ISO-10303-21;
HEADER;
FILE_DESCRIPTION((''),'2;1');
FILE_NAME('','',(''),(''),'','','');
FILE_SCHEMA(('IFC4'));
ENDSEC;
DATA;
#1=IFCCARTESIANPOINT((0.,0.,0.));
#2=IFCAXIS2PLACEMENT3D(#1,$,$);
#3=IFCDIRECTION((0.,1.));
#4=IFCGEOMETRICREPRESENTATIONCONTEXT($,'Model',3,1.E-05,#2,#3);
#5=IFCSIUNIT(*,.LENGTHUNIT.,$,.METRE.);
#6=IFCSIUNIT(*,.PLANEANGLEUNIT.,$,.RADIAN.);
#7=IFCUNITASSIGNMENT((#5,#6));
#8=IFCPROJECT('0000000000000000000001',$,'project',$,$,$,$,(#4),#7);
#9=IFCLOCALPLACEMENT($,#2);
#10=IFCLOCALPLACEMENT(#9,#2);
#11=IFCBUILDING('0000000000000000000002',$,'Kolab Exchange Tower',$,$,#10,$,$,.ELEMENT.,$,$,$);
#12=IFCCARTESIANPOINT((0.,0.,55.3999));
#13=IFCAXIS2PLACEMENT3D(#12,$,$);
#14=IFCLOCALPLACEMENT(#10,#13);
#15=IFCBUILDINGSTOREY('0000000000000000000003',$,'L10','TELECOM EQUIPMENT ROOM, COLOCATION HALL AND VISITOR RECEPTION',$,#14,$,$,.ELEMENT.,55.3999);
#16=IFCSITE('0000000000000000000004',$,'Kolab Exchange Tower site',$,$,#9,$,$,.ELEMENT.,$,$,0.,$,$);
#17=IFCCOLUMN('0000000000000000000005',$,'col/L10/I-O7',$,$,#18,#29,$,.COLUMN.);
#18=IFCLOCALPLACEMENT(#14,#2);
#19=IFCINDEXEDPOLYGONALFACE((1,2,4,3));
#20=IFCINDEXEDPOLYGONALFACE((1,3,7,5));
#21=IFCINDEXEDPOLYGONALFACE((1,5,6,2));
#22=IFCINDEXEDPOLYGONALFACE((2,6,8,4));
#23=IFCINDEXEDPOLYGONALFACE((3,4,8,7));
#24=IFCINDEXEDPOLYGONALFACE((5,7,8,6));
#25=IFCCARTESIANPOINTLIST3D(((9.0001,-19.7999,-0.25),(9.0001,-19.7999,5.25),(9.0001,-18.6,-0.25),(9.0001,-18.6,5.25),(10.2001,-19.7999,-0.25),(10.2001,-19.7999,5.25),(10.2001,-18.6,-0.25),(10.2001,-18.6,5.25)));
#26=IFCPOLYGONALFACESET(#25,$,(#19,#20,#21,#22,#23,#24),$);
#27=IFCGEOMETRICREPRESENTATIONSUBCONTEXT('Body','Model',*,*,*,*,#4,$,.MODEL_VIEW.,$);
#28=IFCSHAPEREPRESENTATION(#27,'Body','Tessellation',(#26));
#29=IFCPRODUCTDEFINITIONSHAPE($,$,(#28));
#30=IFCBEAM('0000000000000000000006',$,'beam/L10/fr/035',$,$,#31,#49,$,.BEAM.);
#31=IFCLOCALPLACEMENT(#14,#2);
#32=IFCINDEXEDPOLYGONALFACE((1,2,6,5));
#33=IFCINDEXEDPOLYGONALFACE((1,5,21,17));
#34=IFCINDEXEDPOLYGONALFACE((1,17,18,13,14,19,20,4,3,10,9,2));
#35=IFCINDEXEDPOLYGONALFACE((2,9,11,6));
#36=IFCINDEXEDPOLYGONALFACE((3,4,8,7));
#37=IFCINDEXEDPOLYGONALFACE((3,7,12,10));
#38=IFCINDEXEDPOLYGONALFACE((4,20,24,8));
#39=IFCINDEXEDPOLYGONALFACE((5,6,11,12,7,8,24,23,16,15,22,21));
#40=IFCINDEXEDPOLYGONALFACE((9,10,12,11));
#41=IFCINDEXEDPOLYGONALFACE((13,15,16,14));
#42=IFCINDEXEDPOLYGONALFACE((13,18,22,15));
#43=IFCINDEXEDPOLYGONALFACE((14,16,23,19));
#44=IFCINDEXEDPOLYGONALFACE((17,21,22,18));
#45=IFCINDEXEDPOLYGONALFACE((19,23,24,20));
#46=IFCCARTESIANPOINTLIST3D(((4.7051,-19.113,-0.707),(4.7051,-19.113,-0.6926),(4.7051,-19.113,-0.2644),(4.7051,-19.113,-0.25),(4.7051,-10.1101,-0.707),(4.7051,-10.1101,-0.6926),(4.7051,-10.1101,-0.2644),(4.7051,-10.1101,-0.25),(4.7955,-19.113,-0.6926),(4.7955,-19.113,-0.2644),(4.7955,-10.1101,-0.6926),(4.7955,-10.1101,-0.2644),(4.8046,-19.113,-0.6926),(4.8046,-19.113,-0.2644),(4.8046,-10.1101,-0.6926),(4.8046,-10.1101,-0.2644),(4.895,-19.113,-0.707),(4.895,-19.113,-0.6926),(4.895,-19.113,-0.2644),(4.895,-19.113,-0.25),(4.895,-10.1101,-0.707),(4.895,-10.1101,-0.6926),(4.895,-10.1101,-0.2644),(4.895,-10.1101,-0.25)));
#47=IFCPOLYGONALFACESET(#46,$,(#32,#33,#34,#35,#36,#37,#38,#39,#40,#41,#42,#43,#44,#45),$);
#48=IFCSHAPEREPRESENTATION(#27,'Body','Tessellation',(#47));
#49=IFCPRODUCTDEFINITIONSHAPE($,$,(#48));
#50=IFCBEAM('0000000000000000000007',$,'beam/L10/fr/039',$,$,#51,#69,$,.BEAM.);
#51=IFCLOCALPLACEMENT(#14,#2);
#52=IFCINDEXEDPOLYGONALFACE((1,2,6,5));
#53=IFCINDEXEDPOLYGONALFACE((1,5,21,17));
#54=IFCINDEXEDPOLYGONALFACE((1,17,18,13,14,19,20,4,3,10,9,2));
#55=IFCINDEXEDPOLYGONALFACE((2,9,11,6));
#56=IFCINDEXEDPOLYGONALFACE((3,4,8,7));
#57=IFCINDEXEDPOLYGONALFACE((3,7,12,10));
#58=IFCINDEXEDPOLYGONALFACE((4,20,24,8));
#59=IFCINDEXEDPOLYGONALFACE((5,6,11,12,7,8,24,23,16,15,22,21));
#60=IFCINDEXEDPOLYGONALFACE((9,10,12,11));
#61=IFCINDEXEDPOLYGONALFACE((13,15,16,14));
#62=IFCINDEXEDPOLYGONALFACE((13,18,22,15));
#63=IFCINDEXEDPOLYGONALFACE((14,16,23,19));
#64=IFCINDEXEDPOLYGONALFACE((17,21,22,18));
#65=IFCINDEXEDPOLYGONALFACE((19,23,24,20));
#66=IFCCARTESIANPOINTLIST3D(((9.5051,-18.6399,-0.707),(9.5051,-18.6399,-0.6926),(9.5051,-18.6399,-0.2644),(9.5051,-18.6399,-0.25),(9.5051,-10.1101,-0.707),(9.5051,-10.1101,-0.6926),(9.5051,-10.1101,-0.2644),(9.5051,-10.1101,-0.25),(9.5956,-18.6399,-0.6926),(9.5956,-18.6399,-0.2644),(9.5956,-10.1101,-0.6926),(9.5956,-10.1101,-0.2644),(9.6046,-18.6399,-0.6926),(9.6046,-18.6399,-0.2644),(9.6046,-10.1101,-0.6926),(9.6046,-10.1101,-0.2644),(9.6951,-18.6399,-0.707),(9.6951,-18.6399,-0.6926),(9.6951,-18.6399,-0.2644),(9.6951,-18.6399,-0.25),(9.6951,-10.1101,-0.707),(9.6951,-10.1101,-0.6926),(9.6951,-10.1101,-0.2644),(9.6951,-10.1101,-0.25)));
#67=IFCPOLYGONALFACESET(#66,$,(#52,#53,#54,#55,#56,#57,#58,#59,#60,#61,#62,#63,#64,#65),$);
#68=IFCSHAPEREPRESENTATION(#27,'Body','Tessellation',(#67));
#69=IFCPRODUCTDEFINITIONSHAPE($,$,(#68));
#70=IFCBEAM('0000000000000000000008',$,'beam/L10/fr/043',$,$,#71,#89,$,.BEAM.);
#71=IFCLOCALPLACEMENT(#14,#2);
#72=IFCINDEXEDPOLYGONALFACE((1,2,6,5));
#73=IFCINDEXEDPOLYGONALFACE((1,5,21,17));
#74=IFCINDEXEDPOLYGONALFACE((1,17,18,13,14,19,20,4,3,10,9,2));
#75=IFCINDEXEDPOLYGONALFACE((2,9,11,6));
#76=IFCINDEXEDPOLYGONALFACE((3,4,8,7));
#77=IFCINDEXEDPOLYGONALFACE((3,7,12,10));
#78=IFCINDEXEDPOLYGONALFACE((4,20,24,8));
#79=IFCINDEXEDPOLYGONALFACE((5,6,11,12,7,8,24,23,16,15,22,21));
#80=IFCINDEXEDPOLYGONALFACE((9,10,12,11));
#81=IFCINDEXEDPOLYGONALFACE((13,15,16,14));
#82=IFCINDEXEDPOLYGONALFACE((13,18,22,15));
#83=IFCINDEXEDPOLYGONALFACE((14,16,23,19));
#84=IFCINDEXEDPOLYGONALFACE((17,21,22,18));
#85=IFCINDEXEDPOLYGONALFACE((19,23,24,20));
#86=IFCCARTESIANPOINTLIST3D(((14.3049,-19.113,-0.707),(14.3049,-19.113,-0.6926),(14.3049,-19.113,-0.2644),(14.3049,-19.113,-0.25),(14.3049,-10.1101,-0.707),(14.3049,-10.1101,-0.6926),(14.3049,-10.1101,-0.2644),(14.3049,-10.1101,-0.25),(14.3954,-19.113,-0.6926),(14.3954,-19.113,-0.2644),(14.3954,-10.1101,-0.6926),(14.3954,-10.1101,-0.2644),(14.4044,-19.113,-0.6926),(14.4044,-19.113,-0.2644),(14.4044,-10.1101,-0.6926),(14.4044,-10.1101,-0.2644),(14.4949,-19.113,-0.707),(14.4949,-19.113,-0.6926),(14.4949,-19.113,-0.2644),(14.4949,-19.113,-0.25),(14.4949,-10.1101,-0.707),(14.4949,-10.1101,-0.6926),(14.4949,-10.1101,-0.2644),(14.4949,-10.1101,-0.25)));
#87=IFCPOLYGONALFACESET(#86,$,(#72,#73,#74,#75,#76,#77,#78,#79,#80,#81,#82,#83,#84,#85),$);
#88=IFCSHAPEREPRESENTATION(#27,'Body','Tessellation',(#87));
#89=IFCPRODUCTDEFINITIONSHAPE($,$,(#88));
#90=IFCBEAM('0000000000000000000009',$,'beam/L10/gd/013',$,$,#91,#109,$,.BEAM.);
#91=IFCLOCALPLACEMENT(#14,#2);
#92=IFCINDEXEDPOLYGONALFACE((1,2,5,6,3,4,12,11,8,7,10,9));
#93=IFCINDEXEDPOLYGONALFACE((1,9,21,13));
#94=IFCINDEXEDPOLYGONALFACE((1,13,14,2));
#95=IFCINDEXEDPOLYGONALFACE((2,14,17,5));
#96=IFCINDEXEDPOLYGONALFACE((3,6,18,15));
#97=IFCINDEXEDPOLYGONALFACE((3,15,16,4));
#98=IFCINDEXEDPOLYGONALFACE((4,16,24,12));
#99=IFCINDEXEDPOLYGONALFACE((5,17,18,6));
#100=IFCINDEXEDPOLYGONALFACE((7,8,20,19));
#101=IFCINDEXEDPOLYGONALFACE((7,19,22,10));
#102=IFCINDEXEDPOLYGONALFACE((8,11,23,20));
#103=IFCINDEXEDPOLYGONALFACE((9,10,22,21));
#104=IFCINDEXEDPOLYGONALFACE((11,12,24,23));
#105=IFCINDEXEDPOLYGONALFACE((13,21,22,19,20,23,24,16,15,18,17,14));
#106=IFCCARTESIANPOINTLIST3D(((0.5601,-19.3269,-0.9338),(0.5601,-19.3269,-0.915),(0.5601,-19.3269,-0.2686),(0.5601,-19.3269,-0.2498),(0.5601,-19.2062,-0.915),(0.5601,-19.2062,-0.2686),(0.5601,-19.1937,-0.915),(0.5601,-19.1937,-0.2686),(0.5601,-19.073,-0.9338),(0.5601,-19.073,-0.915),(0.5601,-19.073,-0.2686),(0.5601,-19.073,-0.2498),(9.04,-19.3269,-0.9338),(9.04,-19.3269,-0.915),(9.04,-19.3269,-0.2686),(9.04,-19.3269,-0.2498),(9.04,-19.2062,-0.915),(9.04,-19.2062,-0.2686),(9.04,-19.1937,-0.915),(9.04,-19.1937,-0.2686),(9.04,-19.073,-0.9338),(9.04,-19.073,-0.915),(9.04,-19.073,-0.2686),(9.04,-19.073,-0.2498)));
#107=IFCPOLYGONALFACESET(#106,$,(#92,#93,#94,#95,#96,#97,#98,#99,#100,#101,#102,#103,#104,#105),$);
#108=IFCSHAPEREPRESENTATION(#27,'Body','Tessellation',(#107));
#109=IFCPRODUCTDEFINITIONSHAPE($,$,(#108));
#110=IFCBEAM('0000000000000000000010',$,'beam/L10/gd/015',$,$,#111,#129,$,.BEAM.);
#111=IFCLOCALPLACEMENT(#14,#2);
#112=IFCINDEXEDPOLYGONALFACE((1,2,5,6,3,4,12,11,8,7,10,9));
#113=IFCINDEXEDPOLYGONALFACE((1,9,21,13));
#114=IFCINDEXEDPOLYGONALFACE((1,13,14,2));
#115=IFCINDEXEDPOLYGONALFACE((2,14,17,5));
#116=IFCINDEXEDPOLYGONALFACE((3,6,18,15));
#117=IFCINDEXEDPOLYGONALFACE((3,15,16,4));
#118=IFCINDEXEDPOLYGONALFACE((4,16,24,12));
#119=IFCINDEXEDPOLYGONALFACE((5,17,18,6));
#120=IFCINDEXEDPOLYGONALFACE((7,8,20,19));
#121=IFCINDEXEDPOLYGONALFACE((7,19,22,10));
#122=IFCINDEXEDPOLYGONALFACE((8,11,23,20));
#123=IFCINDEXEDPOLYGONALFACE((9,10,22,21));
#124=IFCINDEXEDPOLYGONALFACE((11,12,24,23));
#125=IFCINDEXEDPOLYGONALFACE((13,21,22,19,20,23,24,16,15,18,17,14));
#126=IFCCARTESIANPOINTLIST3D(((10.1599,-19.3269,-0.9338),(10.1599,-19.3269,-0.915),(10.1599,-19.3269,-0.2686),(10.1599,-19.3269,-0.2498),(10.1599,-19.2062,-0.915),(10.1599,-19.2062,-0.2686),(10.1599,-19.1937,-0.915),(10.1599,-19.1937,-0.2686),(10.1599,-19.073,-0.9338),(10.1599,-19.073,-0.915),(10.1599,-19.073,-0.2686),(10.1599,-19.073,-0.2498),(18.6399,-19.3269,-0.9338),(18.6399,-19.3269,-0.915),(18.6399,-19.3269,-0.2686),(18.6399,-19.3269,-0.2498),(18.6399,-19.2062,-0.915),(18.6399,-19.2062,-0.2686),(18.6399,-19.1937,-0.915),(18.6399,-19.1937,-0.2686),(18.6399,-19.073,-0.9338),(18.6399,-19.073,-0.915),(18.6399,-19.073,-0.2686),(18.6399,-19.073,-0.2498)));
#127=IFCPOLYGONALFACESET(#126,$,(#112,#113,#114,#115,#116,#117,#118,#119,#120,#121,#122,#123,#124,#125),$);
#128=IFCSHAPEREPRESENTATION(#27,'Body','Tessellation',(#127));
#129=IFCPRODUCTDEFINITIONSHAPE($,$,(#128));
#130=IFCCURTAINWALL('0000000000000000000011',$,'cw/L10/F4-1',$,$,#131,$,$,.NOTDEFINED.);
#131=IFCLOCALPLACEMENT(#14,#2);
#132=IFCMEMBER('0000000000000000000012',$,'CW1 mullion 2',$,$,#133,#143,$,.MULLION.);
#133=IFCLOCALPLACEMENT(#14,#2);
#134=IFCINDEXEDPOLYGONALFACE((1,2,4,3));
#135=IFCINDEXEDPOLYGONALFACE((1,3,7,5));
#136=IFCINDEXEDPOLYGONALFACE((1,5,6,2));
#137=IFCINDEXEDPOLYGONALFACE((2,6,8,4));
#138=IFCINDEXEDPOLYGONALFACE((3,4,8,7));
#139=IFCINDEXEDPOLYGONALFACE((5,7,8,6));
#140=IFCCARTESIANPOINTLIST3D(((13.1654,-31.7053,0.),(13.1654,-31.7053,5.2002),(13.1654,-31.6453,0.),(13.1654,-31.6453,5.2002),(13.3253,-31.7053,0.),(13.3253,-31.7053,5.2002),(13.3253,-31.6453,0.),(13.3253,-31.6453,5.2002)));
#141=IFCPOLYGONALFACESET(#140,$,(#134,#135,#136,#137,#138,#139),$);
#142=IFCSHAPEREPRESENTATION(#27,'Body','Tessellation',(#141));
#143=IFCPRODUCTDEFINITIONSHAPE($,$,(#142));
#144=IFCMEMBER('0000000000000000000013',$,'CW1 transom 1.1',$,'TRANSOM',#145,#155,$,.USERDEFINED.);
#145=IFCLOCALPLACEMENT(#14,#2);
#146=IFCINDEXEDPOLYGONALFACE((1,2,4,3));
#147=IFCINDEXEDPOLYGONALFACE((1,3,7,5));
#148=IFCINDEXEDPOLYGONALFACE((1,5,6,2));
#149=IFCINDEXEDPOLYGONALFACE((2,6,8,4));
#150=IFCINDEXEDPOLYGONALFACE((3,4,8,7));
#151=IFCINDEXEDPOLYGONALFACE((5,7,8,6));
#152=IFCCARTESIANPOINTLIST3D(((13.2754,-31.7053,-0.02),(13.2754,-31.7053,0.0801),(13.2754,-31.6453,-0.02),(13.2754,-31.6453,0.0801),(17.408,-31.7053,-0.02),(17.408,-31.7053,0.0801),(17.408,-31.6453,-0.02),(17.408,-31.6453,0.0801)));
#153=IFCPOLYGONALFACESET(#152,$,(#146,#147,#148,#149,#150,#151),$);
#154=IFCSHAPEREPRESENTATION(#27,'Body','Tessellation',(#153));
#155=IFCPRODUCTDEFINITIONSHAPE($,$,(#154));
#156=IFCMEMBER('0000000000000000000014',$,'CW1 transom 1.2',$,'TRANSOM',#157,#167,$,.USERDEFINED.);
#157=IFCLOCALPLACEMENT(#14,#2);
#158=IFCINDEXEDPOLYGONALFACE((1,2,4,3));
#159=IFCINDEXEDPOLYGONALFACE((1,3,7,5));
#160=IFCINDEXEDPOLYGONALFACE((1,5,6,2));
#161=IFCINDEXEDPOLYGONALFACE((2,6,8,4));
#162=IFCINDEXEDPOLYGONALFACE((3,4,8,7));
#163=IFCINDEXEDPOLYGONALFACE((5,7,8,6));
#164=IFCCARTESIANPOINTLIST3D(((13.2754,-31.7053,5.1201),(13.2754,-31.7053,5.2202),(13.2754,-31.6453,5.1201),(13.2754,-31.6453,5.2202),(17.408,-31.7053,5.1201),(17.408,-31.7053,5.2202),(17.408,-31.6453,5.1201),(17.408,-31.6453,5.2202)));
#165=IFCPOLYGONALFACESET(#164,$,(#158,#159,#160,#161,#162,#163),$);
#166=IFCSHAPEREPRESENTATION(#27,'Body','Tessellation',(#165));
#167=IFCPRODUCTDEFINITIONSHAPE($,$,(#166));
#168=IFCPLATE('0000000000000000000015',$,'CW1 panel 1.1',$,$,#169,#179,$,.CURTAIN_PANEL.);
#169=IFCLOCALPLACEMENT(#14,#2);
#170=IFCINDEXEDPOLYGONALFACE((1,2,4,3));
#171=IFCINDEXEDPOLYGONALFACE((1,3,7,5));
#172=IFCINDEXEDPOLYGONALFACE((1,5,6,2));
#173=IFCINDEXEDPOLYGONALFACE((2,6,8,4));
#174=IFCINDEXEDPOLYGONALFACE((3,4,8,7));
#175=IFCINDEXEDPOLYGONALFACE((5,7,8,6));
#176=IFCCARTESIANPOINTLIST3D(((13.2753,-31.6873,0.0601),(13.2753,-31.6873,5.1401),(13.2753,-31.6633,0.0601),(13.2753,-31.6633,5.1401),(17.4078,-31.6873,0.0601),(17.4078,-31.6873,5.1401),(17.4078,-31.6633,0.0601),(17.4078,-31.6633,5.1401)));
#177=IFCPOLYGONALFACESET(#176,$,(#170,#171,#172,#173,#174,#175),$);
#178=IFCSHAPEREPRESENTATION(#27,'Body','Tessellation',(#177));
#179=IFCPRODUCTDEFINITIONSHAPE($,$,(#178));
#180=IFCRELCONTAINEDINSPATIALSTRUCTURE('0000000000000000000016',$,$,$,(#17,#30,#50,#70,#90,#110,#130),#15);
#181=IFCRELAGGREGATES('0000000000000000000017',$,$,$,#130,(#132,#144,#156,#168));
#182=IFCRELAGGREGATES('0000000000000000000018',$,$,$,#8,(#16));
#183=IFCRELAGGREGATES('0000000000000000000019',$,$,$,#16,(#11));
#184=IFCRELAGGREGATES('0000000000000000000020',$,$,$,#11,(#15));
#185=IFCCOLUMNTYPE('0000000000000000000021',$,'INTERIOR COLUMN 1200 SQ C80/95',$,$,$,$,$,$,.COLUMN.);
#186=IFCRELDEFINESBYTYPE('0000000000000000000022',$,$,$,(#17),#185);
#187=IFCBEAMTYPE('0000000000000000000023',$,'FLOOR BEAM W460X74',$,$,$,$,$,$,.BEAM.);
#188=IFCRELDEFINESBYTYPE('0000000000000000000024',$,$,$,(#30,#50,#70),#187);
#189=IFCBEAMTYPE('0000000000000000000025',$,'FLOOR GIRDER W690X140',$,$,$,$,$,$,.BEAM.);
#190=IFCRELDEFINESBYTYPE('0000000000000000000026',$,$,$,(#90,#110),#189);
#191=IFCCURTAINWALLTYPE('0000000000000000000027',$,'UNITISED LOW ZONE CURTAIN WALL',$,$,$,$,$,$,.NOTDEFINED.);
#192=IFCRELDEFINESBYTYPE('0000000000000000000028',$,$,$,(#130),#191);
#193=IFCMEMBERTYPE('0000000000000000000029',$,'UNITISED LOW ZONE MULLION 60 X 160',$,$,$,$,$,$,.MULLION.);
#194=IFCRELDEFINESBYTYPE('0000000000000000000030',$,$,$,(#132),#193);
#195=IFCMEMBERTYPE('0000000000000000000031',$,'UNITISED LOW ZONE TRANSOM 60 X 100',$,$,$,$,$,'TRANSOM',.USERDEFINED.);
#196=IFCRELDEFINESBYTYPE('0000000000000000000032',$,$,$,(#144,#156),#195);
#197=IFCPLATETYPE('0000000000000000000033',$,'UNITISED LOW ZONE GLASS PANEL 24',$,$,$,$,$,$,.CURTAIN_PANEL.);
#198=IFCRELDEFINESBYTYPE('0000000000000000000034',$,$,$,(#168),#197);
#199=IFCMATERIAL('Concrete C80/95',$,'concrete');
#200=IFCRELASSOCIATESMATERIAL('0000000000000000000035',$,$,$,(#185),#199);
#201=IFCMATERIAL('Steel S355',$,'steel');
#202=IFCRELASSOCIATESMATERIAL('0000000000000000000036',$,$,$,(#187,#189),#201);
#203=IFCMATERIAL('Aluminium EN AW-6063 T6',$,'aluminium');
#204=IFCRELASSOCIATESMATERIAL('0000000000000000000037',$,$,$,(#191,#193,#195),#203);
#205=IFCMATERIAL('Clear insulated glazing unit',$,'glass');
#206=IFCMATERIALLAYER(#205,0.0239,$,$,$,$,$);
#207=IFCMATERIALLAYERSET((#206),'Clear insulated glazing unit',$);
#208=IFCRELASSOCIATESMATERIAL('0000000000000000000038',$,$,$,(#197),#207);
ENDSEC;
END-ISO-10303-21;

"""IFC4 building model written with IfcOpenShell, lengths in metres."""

from ifc_helpers import new_model, si_unit, direction, frame, origin, origin_2d, place, context, subcontext, project, spatial, rectangle, i_section, extrude, material, layer, layer_set, material_profile, profile_set, type_object, element, aggregate, save


model = new_model("IFC4")

# Units and contexts
model_context = context("Model", 3, precision=1e-05, world=origin(), true_north=direction((0.0, 1.0)))
body_context = subcontext(model_context, "Body", "Model", "MODEL_VIEW")
ifc_project = project(units=[si_unit("LENGTHUNIT", "METRE"), si_unit("PLANEANGLEUNIT", "RADIAN")], contexts=[model_context])

# Site, building, storey
site_placement = place(None, origin())
site = spatial("IfcSite", under=ifc_project, at=site_placement, Name="Kolab Exchange Tower site", CompositionType="ELEMENT", RefElevation=0.0)
building_placement = place(site_placement, origin())
building = spatial("IfcBuilding", under=site, at=building_placement, Name="Kolab Exchange Tower", CompositionType="ELEMENT")
storey_placement = place(building_placement, frame((0.0, 0.0, 55.3999)))
storey = spatial("IfcBuildingStorey", under=building, at=storey_placement, Name="L10", Description="TELECOM EQUIPMENT ROOM, COLOCATION HALL AND VISITOR RECEPTION", CompositionType="ELEMENT", Elevation=55.3999)

# Column
ifc_material_1 = material(Name="Concrete C80/95", Category="concrete")
ifc_material_profile_1 = material_profile(ifc_material_1, rectangle(XDim=1.2, YDim=1.2, at=origin_2d()), Name="RC1200")
ifc_profile_set_1 = profile_set([ifc_material_profile_1], Name="Concrete C80/95")
column_type = type_object("IfcColumnType", Name="INTERIOR COLUMN 1200 SQ C80/95", PredefinedType="COLUMN", material=ifc_profile_set_1)
column_placement = place(storey_placement, frame((9.6001, -19.2, -0.25), z_axis=(0.0, 0.0, 1.0), x_axis=(1.0, 0.0, 0.0)))
element("IfcColumn", 1, at=column_placement, inside=storey, type_object=column_type, Name="col/L10/I-O7", PredefinedType="COLUMN", context=body_context, shape_type="SweptSolid", body=[
    extrude(rectangle(XDim=1.2, YDim=1.2, at=origin_2d()), origin(), (0.0, 0.0, 1.0), 5.5),
])

# Beams
ifc_material_2 = material(Name="Steel S355", Category="steel")
ifc_material_profile_2 = material_profile(ifc_material_2, i_section(OverallWidth=0.1899, OverallDepth=0.457, WebThickness=0.009, FlangeThickness=0.0144, at=origin_2d()), Name="W460X74")
ifc_profile_set_2 = profile_set([ifc_material_profile_2], Name="Steel S355")
beam_type_1 = type_object("IfcBeamType", Name="FLOOR BEAM W460X74", PredefinedType="BEAM", material=ifc_profile_set_2)
beam_1_placement = place(storey_placement, frame((4.8, -19.113, -0.4785), z_axis=(0.0, 1.0, 0.0), x_axis=(-1.0, 0.0, 0.0)))
element("IfcBeam", 2, at=beam_1_placement, inside=storey, type_object=beam_type_1, Name="beam/L10/fr/035", PredefinedType="BEAM", context=body_context, shape_type="SweptSolid", body=[
    extrude(i_section(OverallWidth=0.1899, OverallDepth=0.457, WebThickness=0.009, FlangeThickness=0.0144, at=origin_2d()), origin(), (0.0, 0.0, 1.0), 9.0029),
])
beam_2_placement = place(storey_placement, frame((9.6001, -18.6399, -0.4785), z_axis=(0.0, 1.0, 0.0), x_axis=(-1.0, 0.0, 0.0)))
element("IfcBeam", 3, at=beam_2_placement, inside=storey, type_object=beam_type_1, Name="beam/L10/fr/039", PredefinedType="BEAM", context=body_context, shape_type="SweptSolid", body=[
    extrude(i_section(OverallWidth=0.1899, OverallDepth=0.457, WebThickness=0.009, FlangeThickness=0.0144, at=origin_2d()), origin(), (0.0, 0.0, 1.0), 8.5298),
])
beam_3_placement = place(storey_placement, frame((14.3999, -19.113, -0.4785), z_axis=(0.0, 1.0, 0.0), x_axis=(-1.0, 0.0, 0.0)))
element("IfcBeam", 4, at=beam_3_placement, inside=storey, type_object=beam_type_1, Name="beam/L10/fr/043", PredefinedType="BEAM", context=body_context, shape_type="SweptSolid", body=[
    extrude(i_section(OverallWidth=0.1899, OverallDepth=0.457, WebThickness=0.009, FlangeThickness=0.0144, at=origin_2d()), origin(), (0.0, 0.0, 1.0), 9.0029),
])
ifc_material_profile_3 = material_profile(ifc_material_2, i_section(OverallWidth=0.2539, OverallDepth=0.6841, WebThickness=0.0125, FlangeThickness=0.0188, at=origin_2d()), Name="W690X140")
ifc_profile_set_3 = profile_set([ifc_material_profile_3], Name="Steel S355")
beam_type_2 = type_object("IfcBeamType", Name="FLOOR GIRDER W690X140", PredefinedType="BEAM", material=ifc_profile_set_3)
for number, where, z_axis, x_axis, name in (
    (5, (0.5601, -19.2, -0.5918), (1.0, 0.0, 0.0), (0.0, 1.0, 0.0), "beam/L10/gd/013"),
    (6, (10.1599, -19.2, -0.5918), (1.0, 0.0, 0.0), (0.0, 1.0, 0.0), "beam/L10/gd/015"),
):
    element("IfcBeam", number, at=place(storey_placement, frame(where, z_axis=z_axis, x_axis=x_axis)), inside=storey, type_object=beam_type_2, Name=name, PredefinedType="BEAM", context=body_context, shape_type="SweptSolid", body=[
        extrude(i_section(OverallWidth=0.2539, OverallDepth=0.6841, WebThickness=0.0125, FlangeThickness=0.0188, at=origin_2d()), origin(), (0.0, 0.0, 1.0), 8.48),
    ])

# Curtain wall, members, plate
ifc_material_3 = material(Name="Aluminium EN AW-6063 T6", Category="aluminium")
curtain_wall_type = type_object("IfcCurtainWallType", Name="UNITISED LOW ZONE CURTAIN WALL", PredefinedType="NOTDEFINED", material=ifc_material_3)
curtain_wall_placement = place(storey_placement, origin())
curtain_wall = element("IfcCurtainWall", 7, at=curtain_wall_placement, inside=storey, type_object=curtain_wall_type, Name="cw/L10/F4-1", PredefinedType="NOTDEFINED")
ifc_material_profile_4 = material_profile(ifc_material_3, rectangle(XDim=0.0601, YDim=0.1599, at=origin_2d()), Name="RECT 60X160")
ifc_profile_set_4 = profile_set([ifc_material_profile_4], Name="Aluminium EN AW-6063 T6")
member_type_1 = type_object("IfcMemberType", Name="UNITISED LOW ZONE MULLION 60 X 160", PredefinedType="MULLION", material=ifc_profile_set_4)
member_1_placement = place(storey_placement, frame((13.2454, -31.6753, 0.0), z_axis=(0.0, 0.0, 1.0), x_axis=(0.0, -1.0, 0.0)))
member_1 = element("IfcMember", 8, at=member_1_placement, type_object=member_type_1, Name="CW1 mullion 2", PredefinedType="MULLION", context=body_context, shape_type="SweptSolid", body=[
    extrude(rectangle(XDim=0.0601, YDim=0.1599, at=origin_2d()), origin(), (0.0, 0.0, 1.0), 5.2002),
])
ifc_material_profile_5 = material_profile(ifc_material_3, rectangle(XDim=0.0601, YDim=0.1001, at=origin_2d()), Name="RECT 60X100")
ifc_profile_set_5 = profile_set([ifc_material_profile_5], Name="Aluminium EN AW-6063 T6")
member_type_2 = type_object("IfcMemberType", Name="UNITISED LOW ZONE TRANSOM 60 X 100", ElementType="TRANSOM", PredefinedType="USERDEFINED", material=ifc_profile_set_5)
member_2_placement = place(storey_placement, frame((17.408, -31.6753, 0.03), z_axis=(-1.0, 0.0, 0.0), x_axis=(0.0, -1.0, 0.0)))
member_2 = element("IfcMember", 9, at=member_2_placement, type_object=member_type_2, Name="CW1 transom 1.1", ObjectType="TRANSOM", PredefinedType="USERDEFINED", context=body_context, shape_type="SweptSolid", body=[
    extrude(rectangle(XDim=0.0601, YDim=0.1001, at=origin_2d()), origin(), (0.0, 0.0, 1.0), 4.1326),
])
member_3_placement = place(storey_placement, frame((17.408, -31.6753, 5.1702), z_axis=(-1.0, 0.0, 0.0), x_axis=(0.0, -1.0, 0.0)))
member_3 = element("IfcMember", 10, at=member_3_placement, type_object=member_type_2, Name="CW1 transom 1.2", ObjectType="TRANSOM", PredefinedType="USERDEFINED", context=body_context, shape_type="SweptSolid", body=[
    extrude(rectangle(XDim=0.0601, YDim=0.1001, at=origin_2d()), origin(), (0.0, 0.0, 1.0), 4.1326),
])
ifc_material_4 = material(Name="Clear insulated glazing unit", Category="glass")
ifc_layer_1 = layer(ifc_material_4, 0.0239)
ifc_layer_set_1 = layer_set([ifc_layer_1], Name="Clear insulated glazing unit")
plate_type = type_object("IfcPlateType", Name="UNITISED LOW ZONE GLASS PANEL 24", PredefinedType="CURTAIN_PANEL", material=ifc_layer_set_1)
plate_placement = place(storey_placement, frame((15.3416, -31.6753, 0.0601), z_axis=(0.0, 0.0, 1.0), x_axis=(-1.0, 0.0, 0.0)))
plate = element("IfcPlate", 11, at=plate_placement, type_object=plate_type, Name="CW1 panel 1.1", PredefinedType="CURTAIN_PANEL", context=body_context, shape_type="SweptSolid", body=[
    extrude(rectangle(XDim=4.1326, YDim=0.0239, at=origin_2d()), origin(), (0.0, 0.0, 1.0), 5.0801),
])
aggregate(curtain_wall, [member_1, member_2, member_3, plate])

save(model, "model.ifc")
